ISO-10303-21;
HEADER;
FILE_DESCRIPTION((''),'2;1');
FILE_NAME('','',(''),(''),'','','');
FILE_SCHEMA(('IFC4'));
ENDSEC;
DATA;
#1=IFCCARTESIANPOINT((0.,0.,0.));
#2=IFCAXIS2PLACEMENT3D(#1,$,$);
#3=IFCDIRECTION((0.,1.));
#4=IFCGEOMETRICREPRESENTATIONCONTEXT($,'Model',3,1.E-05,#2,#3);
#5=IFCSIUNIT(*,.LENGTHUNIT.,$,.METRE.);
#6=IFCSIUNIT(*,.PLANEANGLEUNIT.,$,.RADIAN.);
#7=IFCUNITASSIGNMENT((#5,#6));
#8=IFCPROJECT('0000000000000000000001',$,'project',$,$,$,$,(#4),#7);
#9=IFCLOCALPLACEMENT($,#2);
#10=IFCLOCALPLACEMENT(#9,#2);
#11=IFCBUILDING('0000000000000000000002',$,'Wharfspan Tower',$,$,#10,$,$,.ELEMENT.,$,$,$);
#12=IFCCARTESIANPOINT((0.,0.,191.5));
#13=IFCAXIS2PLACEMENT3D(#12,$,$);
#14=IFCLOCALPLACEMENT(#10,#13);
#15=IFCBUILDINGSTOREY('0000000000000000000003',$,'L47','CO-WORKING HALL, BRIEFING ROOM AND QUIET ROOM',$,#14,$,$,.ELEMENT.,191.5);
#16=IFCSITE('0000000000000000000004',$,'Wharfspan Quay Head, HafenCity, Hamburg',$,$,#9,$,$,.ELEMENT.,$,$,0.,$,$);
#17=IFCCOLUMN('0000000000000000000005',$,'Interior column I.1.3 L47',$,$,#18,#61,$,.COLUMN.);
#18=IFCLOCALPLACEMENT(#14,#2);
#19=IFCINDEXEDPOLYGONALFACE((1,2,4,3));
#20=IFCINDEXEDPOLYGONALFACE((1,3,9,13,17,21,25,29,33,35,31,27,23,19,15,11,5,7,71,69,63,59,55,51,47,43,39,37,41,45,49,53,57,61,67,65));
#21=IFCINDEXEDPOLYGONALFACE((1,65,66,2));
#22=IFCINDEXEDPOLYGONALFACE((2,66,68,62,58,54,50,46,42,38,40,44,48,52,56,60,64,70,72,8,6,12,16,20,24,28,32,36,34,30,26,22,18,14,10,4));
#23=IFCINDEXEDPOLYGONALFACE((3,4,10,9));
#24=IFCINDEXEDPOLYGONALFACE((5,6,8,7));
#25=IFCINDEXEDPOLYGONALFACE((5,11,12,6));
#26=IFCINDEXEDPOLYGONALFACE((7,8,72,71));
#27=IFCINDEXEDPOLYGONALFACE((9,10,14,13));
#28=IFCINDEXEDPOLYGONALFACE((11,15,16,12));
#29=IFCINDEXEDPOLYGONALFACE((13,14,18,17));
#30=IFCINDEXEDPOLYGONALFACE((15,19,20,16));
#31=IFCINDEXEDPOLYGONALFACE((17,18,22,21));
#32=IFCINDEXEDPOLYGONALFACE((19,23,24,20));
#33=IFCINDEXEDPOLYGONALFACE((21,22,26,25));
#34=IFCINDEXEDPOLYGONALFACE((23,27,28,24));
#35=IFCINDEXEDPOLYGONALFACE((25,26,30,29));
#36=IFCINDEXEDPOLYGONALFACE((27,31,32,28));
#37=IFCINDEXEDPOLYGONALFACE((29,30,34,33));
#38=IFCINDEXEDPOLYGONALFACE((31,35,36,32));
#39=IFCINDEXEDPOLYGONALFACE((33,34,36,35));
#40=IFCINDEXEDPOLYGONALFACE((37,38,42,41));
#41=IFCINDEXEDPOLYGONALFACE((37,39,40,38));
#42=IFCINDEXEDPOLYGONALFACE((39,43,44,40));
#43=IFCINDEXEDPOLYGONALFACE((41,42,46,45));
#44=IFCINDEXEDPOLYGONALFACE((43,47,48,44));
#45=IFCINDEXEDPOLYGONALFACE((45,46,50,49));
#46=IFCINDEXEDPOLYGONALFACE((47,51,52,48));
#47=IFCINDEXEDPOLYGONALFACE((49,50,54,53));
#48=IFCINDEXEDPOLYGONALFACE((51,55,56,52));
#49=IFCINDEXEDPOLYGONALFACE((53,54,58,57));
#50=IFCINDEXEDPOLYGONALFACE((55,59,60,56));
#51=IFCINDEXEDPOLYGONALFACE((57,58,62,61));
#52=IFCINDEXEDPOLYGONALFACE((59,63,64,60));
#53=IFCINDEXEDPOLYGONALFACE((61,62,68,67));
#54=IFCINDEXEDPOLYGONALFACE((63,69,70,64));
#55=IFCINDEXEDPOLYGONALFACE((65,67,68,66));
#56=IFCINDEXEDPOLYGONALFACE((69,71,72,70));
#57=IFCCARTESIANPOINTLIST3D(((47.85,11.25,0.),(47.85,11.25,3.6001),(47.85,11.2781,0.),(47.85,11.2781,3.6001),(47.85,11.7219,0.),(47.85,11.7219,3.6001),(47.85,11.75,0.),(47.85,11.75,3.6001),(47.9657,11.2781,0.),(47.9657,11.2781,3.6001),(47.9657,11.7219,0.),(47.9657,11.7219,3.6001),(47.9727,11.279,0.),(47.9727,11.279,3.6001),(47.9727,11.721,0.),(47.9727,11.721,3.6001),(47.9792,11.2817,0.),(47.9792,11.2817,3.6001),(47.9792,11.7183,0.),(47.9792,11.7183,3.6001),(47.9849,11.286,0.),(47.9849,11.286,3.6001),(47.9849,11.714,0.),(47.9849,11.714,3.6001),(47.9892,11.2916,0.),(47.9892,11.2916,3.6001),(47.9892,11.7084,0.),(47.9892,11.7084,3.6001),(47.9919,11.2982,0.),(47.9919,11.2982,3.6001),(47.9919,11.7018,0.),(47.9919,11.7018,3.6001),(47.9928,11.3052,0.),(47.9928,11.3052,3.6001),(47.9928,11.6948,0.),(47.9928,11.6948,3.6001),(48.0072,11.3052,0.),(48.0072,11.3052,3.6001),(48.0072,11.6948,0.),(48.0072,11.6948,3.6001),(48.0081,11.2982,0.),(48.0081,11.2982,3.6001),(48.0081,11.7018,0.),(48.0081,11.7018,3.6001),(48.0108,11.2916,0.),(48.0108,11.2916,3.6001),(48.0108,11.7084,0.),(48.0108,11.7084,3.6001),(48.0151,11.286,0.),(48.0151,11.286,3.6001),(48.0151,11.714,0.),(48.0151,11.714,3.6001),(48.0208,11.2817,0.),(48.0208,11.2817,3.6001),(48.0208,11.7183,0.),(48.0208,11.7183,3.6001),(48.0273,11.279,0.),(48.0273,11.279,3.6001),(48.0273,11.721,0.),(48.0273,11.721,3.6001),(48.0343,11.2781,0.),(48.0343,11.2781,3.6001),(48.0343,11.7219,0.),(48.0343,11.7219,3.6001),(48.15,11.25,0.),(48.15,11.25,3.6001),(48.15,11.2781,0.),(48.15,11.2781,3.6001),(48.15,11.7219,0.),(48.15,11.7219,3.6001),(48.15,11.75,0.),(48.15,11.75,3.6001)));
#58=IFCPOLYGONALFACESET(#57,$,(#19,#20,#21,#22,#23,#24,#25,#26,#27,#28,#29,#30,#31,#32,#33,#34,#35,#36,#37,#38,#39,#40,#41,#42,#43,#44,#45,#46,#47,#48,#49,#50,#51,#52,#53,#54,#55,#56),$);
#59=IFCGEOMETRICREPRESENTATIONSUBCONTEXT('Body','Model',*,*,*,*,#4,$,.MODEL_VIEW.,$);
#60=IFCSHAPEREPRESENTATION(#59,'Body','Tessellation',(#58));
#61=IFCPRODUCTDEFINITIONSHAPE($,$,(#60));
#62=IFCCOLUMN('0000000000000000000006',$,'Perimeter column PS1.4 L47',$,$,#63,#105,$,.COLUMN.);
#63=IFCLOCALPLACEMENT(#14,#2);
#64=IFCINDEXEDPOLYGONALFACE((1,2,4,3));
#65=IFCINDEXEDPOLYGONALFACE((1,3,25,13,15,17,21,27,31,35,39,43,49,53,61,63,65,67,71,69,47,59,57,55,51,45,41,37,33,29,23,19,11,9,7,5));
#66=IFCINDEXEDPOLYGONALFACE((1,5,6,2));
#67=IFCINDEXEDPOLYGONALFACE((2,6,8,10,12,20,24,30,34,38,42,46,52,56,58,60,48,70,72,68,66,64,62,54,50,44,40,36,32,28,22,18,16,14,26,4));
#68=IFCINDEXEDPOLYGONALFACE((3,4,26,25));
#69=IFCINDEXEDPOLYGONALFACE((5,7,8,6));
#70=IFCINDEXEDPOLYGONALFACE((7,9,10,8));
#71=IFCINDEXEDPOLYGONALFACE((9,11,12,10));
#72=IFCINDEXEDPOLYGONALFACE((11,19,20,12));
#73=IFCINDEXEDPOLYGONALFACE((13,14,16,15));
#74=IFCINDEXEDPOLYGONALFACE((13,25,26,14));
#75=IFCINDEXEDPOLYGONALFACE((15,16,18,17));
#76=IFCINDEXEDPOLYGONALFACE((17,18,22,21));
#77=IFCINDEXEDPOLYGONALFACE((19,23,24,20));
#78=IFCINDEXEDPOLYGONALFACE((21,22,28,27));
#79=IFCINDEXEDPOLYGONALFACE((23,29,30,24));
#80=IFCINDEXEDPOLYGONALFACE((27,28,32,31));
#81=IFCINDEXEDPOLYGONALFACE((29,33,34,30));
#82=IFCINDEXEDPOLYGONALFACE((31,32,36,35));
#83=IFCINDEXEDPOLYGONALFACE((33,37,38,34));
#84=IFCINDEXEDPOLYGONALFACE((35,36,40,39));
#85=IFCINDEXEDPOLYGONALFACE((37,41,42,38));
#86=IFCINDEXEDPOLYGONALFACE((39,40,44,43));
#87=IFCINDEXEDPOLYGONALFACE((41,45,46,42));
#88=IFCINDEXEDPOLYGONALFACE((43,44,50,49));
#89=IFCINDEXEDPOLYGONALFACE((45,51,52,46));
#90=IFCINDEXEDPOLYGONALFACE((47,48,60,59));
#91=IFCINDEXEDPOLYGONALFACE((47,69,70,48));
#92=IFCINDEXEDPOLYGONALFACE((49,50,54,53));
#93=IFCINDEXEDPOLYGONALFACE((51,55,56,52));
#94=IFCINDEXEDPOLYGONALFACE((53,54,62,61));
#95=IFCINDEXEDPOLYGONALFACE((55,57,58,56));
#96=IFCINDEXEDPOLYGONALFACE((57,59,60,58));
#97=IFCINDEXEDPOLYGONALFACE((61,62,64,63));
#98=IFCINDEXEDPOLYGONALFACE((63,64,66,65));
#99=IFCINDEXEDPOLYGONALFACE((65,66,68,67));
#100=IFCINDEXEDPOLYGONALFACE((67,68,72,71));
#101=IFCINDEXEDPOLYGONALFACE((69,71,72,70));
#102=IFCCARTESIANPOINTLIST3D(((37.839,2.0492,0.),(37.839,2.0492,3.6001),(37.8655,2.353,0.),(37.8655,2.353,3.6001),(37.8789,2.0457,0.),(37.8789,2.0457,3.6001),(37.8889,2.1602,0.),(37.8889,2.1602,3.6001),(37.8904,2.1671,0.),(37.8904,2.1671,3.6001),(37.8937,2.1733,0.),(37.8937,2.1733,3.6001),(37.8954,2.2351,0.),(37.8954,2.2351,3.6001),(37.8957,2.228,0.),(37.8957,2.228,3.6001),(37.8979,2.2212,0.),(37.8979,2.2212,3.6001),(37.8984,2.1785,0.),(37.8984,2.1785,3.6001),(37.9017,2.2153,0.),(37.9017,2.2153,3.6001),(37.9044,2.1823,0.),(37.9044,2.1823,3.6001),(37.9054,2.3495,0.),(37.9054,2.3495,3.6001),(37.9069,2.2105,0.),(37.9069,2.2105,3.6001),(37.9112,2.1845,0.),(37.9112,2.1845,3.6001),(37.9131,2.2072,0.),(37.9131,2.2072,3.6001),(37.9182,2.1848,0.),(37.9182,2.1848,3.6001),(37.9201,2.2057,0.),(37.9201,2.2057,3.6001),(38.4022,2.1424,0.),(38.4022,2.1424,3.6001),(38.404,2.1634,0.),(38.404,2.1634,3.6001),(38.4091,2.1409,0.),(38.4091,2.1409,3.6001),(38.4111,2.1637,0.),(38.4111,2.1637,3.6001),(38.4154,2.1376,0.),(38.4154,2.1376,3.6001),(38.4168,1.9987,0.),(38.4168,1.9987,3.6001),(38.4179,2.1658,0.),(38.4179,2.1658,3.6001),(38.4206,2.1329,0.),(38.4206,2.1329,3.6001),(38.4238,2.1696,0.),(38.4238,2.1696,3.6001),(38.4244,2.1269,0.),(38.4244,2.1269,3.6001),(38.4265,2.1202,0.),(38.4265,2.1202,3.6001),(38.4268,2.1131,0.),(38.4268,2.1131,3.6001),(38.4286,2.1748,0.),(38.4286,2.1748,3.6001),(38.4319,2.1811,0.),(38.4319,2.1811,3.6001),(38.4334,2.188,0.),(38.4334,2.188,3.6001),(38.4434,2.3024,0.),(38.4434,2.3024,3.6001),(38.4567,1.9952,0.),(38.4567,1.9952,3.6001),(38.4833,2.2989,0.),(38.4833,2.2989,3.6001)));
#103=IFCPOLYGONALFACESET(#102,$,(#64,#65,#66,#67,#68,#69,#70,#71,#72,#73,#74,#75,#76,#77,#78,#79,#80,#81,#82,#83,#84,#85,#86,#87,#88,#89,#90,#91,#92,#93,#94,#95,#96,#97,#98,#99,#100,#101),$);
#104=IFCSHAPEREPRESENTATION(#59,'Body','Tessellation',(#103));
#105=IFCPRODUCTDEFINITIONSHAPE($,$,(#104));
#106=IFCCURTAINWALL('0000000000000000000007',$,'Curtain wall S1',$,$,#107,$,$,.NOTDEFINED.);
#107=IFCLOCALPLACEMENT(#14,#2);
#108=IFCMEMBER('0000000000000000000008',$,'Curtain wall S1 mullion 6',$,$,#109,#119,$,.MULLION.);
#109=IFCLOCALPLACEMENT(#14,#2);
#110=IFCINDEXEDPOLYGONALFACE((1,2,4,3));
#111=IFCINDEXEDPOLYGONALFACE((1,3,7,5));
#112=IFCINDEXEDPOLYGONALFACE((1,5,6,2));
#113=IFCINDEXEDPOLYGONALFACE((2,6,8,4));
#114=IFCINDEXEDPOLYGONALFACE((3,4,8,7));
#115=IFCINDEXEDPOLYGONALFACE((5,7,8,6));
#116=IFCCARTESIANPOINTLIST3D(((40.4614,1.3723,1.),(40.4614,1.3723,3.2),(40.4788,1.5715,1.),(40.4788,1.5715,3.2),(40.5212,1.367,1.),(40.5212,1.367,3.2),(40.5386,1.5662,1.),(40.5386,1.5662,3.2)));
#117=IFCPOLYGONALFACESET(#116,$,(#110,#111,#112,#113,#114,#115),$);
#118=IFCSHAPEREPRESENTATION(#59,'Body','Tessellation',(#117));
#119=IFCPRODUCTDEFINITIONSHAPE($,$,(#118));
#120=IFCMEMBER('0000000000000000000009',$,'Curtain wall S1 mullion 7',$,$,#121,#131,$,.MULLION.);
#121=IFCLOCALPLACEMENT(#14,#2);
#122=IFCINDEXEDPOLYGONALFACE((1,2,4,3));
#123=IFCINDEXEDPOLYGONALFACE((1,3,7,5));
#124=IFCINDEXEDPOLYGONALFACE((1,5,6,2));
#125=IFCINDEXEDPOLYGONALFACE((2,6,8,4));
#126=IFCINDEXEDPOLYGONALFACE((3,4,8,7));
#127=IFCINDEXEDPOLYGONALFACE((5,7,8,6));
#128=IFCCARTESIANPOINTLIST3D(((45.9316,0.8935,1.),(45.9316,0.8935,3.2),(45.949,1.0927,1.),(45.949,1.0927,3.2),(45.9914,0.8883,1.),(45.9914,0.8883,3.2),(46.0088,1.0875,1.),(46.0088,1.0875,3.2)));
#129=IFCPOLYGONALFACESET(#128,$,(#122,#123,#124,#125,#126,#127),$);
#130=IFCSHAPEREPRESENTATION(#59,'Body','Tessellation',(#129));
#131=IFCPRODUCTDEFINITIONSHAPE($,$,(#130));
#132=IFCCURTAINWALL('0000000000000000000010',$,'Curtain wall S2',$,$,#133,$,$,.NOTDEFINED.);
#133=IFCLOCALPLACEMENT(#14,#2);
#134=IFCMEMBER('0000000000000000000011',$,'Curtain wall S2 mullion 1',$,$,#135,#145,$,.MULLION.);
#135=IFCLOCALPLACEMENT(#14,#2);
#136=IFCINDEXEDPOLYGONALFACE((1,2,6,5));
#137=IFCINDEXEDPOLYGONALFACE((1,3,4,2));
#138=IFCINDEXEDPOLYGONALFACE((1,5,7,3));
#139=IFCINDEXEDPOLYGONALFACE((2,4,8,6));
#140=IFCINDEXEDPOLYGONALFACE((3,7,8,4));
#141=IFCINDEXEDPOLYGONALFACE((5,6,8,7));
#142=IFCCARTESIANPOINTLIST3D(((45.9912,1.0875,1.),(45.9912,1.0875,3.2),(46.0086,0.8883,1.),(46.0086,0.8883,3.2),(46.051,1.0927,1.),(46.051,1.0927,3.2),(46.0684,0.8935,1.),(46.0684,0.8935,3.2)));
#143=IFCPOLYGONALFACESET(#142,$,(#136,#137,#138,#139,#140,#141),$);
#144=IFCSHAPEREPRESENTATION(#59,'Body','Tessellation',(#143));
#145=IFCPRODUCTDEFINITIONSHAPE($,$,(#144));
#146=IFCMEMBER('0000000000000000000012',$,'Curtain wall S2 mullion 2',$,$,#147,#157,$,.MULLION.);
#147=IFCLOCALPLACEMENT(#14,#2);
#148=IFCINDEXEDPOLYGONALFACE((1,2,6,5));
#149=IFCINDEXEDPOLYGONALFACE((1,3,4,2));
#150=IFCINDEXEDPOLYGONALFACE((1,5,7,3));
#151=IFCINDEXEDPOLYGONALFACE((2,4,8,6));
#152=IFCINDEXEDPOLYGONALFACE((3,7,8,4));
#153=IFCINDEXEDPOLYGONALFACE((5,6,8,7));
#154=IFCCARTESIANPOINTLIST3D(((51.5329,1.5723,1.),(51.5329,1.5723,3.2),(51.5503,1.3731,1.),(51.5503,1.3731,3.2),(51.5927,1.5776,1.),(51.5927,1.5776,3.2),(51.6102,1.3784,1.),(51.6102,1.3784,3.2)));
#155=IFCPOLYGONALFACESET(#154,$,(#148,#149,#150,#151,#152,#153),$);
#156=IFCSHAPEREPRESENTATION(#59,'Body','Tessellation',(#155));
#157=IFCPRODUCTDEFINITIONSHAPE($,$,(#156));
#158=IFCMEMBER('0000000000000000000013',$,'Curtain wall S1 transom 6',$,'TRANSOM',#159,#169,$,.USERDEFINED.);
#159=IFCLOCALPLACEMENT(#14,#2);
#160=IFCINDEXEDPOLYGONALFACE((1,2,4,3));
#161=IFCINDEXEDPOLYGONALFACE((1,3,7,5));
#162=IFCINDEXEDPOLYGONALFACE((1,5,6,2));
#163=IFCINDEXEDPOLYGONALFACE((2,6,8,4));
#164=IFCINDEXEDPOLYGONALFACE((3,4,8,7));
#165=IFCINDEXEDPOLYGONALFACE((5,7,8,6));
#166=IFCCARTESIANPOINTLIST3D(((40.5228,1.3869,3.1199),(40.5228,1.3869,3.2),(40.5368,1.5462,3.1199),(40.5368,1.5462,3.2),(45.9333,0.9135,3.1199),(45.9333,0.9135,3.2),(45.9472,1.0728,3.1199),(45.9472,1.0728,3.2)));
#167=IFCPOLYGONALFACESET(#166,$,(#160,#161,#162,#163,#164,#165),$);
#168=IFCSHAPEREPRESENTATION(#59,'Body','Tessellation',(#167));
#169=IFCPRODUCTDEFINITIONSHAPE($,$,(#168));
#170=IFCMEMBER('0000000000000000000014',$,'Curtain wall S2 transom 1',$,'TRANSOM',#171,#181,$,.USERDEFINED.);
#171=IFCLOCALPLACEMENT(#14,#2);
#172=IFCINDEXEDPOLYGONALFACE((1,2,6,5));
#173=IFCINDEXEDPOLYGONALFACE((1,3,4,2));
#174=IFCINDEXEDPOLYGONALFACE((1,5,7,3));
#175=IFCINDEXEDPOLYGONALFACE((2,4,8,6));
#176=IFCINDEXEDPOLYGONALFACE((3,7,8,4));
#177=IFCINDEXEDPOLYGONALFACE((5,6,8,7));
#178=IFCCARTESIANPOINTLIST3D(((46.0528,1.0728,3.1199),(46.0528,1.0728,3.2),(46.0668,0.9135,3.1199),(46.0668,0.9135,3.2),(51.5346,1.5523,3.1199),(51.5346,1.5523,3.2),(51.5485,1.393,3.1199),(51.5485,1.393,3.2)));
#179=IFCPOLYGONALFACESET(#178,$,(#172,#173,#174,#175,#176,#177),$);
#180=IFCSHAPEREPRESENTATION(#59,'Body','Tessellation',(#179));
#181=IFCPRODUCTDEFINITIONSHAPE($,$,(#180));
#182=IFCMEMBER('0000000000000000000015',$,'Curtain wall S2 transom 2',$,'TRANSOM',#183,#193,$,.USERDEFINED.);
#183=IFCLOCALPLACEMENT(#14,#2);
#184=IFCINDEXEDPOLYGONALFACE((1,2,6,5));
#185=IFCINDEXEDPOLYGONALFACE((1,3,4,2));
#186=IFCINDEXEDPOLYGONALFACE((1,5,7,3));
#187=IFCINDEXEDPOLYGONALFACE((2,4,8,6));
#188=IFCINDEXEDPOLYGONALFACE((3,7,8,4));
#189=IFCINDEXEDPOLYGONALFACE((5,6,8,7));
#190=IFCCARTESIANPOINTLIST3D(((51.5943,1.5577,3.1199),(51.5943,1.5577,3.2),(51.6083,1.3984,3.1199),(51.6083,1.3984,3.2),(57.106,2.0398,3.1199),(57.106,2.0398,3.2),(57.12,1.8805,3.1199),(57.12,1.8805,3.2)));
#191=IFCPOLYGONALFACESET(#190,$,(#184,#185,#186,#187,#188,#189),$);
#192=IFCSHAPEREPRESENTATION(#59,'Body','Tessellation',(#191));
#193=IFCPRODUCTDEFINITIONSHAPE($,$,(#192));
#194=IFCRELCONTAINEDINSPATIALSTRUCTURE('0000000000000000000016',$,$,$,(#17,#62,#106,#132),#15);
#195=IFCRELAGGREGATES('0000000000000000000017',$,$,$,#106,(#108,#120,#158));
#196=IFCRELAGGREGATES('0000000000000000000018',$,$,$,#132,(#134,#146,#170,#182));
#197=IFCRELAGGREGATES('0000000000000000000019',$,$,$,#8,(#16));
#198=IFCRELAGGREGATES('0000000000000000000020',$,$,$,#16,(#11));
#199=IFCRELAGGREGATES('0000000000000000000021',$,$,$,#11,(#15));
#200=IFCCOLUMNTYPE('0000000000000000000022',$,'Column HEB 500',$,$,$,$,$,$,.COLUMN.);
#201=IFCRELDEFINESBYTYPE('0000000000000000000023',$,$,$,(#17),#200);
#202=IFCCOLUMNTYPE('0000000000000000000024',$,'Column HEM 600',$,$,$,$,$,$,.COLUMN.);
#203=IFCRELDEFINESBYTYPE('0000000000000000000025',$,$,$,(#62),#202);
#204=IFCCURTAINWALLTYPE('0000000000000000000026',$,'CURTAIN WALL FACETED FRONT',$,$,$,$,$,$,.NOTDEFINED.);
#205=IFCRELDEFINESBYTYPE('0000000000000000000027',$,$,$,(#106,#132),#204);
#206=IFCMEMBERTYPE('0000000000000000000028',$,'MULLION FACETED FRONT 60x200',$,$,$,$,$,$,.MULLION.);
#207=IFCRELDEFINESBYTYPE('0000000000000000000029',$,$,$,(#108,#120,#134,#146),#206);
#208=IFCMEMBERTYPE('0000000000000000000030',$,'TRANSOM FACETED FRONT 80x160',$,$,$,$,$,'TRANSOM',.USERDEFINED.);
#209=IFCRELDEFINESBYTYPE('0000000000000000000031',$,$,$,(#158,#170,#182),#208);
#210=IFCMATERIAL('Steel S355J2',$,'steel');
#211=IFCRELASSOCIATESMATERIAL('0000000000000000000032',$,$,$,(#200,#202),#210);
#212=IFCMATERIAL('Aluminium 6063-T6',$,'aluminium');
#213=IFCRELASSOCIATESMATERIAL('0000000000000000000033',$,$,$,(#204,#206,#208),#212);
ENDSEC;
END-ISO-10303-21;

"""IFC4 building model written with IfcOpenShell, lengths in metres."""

from ifc_helpers import new_model, si_unit, direction, frame, origin, origin_2d, place, context, subcontext, project, spatial, rectangle, i_section, extrude, material, material_profile, profile_set, type_object, element, aggregate, save


model = new_model("IFC4")

# Units and contexts
model_context = context("Model", 3, precision=1e-05, world=origin(), true_north=direction((0.0, 1.0)))
body_context = subcontext(model_context, "Body", "Model", "MODEL_VIEW")
ifc_project = project(units=[si_unit("LENGTHUNIT", "METRE"), si_unit("PLANEANGLEUNIT", "RADIAN")], contexts=[model_context])

# Site, building, storey
site_placement = place(None, origin())
site = spatial("IfcSite", under=ifc_project, at=site_placement, Name="Wharfspan Quay Head, HafenCity, Hamburg", CompositionType="ELEMENT", RefElevation=0.0)
building_placement = place(site_placement, origin())
building = spatial("IfcBuilding", under=site, at=building_placement, Name="Wharfspan Tower", CompositionType="ELEMENT")
storey_placement = place(building_placement, frame((0.0, 0.0, 191.5)))
storey = spatial("IfcBuildingStorey", under=building, at=storey_placement, Name="L47", Description="CO-WORKING HALL, BRIEFING ROOM AND QUIET ROOM", CompositionType="ELEMENT", Elevation=191.5)

# Columns
ifc_material_1 = material(Name="Steel S355J2", Category="steel")
ifc_material_profile_1 = material_profile(ifc_material_1, i_section(OverallWidth=0.3, OverallDepth=0.5, WebThickness=0.0144, FlangeThickness=0.0281, FilletRadius=0.0271, at=origin_2d()))
ifc_profile_set_1 = profile_set([ifc_material_profile_1], Name="Steel S355J2")
column_type_1 = type_object("IfcColumnType", Name="Column HEB 500", PredefinedType="COLUMN", material=ifc_profile_set_1)
column_1_placement = place(storey_placement, frame((48.0, 11.5, 0.0), z_axis=(0.0, 0.0, 1.0), x_axis=(1.0, 0.0, 0.0)))
element("IfcColumn", 1, at=column_1_placement, inside=storey, type_object=column_type_1, Name="Interior column I.1.3 L47", PredefinedType="COLUMN", context=body_context, shape_type="SweptSolid", body=[
    extrude(i_section(OverallWidth=0.3, OverallDepth=0.5, WebThickness=0.0144, FlangeThickness=0.0281, FilletRadius=0.0271, at=origin_2d()), origin(), (0.0, 0.0, 1.0), 3.6001),
])
ifc_material_profile_2 = material_profile(ifc_material_1, i_section(OverallWidth=0.3049, OverallDepth=0.6201, WebThickness=0.021, FlangeThickness=0.04, FilletRadius=0.0271, at=origin_2d()))
ifc_profile_set_2 = profile_set([ifc_material_profile_2], Name="Steel S355J2")
column_type_2 = type_object("IfcColumnType", Name="Column HEM 600", PredefinedType="COLUMN", material=ifc_profile_set_2)
column_2_placement = place(storey_placement, frame((38.1611, 2.1741, 0.0), z_axis=(0.0, 0.0, 1.0), x_axis=(-0.087156, -0.996198, 0.0)))
element("IfcColumn", 2, at=column_2_placement, inside=storey, type_object=column_type_2, Name="Perimeter column PS1.4 L47", PredefinedType="COLUMN", context=body_context, shape_type="SweptSolid", body=[
    extrude(i_section(OverallWidth=0.3049, OverallDepth=0.6201, WebThickness=0.021, FlangeThickness=0.04, FilletRadius=0.0271, at=origin_2d()), origin(), (0.0, 0.0, 1.0), 3.6001),
])

# Curtain walls, members
ifc_material_2 = material(Name="Aluminium 6063-T6", Category="aluminium")
curtain_wall_type = type_object("IfcCurtainWallType", Name="CURTAIN WALL FACETED FRONT", PredefinedType="NOTDEFINED", material=ifc_material_2)
curtain_wall_1_placement = place(storey_placement, origin())
curtain_wall_1 = element("IfcCurtainWall", 3, at=curtain_wall_1_placement, inside=storey, type_object=curtain_wall_type, Name="Curtain wall S1", PredefinedType="NOTDEFINED")
ifc_material_profile_3 = material_profile(ifc_material_2, rectangle(XDim=0.2, YDim=0.0601, at=origin_2d()))
ifc_profile_set_3 = profile_set([ifc_material_profile_3], Name="Aluminium 6063-T6")
member_type_1 = type_object("IfcMemberType", Name="MULLION FACETED FRONT 60x200", PredefinedType="MULLION", material=ifc_profile_set_3)
member_1_placement = place(storey_placement, frame((40.5, 1.4692, 1.0), z_axis=(0.0, 0.0, 1.0), x_axis=(0.087156, 0.996198, 0.0)))
member_1 = element("IfcMember", 4, at=member_1_placement, type_object=member_type_1, Name="Curtain wall S1 mullion 6", PredefinedType="MULLION", context=body_context, shape_type="SweptSolid", body=[
    extrude(rectangle(XDim=0.2, YDim=0.0601, at=origin_2d()), origin(), (0.0, 0.0, 1.0), 2.2),
])
member_2_placement = place(storey_placement, frame((45.9702, 0.9905, 1.0), z_axis=(0.0, 0.0, 1.0), x_axis=(0.087156, 0.996198, 0.0)))
member_2 = element("IfcMember", 5, at=member_2_placement, type_object=member_type_1, Name="Curtain wall S1 mullion 7", PredefinedType="MULLION", context=body_context, shape_type="SweptSolid", body=[
    extrude(rectangle(XDim=0.2, YDim=0.0601, at=origin_2d()), origin(), (0.0, 0.0, 1.0), 2.2),
])
curtain_wall_2_placement = place(storey_placement, origin())
curtain_wall_2 = element("IfcCurtainWall", 6, at=curtain_wall_2_placement, inside=storey, type_object=curtain_wall_type, Name="Curtain wall S2", PredefinedType="NOTDEFINED")
member_3_placement = place(storey_placement, frame((46.0298, 0.9905, 1.0), z_axis=(0.0, 0.0, 1.0), x_axis=(-0.087156, 0.996198, 0.0)))
member_3 = element("IfcMember", 7, at=member_3_placement, type_object=member_type_1, Name="Curtain wall S2 mullion 1", PredefinedType="MULLION", context=body_context, shape_type="SweptSolid", body=[
    extrude(rectangle(XDim=0.2, YDim=0.0601, at=origin_2d()), origin(), (0.0, 0.0, 1.0), 2.2),
])
member_4_placement = place(storey_placement, frame((51.5715, 1.4753, 1.0), z_axis=(0.0, 0.0, 1.0), x_axis=(-0.087156, 0.996198, 0.0)))
member_4 = element("IfcMember", 8, at=member_4_placement, type_object=member_type_1, Name="Curtain wall S2 mullion 2", PredefinedType="MULLION", context=body_context, shape_type="SweptSolid", body=[
    extrude(rectangle(XDim=0.2, YDim=0.0601, at=origin_2d()), origin(), (0.0, 0.0, 1.0), 2.2),
])

# Members
ifc_material_profile_4 = material_profile(ifc_material_2, rectangle(XDim=0.1599, YDim=0.0801, at=origin_2d()))
ifc_profile_set_4 = profile_set([ifc_material_profile_4], Name="Aluminium 6063-T6")
member_type_2 = type_object("IfcMemberType", Name="TRANSOM FACETED FRONT 80x160", ElementType="TRANSOM", PredefinedType="USERDEFINED", material=ifc_profile_set_4)
member_5_placement = place(storey_placement, frame((40.5298, 1.4666, 3.1599), z_axis=(0.996194, -0.087163, 0.0), x_axis=(0.087163, 0.996194, 0.0)))
member_5 = element("IfcMember", 9, at=member_5_placement, type_object=member_type_2, Name="Curtain wall S1 transom 6", ObjectType="TRANSOM", PredefinedType="USERDEFINED", context=body_context, shape_type="SweptSolid", body=[
    extrude(rectangle(XDim=0.1599, YDim=0.0801, at=origin_2d()), origin(), (0.0, 0.0, 1.0), 5.4312),
])
member_6_placement = place(storey_placement, frame((46.0598, 0.9932, 3.1599), z_axis=(0.996196, 0.087139, 0.0), x_axis=(-0.087139, 0.996196, 0.0)))
member_6 = element("IfcMember", 10, at=member_6_placement, type_object=member_type_2, Name="Curtain wall S2 transom 1", ObjectType="TRANSOM", PredefinedType="USERDEFINED", context=body_context, shape_type="SweptSolid", body=[
    extrude(rectangle(XDim=0.1599, YDim=0.0801, at=origin_2d()), origin(), (0.0, 0.0, 1.0), 5.5027),
])
member_7_placement = place(storey_placement, frame((51.6013, 1.478, 3.1599), z_axis=(0.996195, 0.087149, 0.0), x_axis=(-0.087149, 0.996195, 0.0)))
member_7 = element("IfcMember", 11, at=member_7_placement, type_object=member_type_2, Name="Curtain wall S2 transom 2", ObjectType="TRANSOM", PredefinedType="USERDEFINED", context=body_context, shape_type="SweptSolid", body=[
    extrude(rectangle(XDim=0.1599, YDim=0.0801, at=origin_2d()), origin(), (0.0, 0.0, 1.0), 5.5327),
])

aggregate(curtain_wall_1, [member_1, member_2, member_5])
aggregate(curtain_wall_2, [member_3, member_4, member_6, member_7])

save(model, "model.ifc")
